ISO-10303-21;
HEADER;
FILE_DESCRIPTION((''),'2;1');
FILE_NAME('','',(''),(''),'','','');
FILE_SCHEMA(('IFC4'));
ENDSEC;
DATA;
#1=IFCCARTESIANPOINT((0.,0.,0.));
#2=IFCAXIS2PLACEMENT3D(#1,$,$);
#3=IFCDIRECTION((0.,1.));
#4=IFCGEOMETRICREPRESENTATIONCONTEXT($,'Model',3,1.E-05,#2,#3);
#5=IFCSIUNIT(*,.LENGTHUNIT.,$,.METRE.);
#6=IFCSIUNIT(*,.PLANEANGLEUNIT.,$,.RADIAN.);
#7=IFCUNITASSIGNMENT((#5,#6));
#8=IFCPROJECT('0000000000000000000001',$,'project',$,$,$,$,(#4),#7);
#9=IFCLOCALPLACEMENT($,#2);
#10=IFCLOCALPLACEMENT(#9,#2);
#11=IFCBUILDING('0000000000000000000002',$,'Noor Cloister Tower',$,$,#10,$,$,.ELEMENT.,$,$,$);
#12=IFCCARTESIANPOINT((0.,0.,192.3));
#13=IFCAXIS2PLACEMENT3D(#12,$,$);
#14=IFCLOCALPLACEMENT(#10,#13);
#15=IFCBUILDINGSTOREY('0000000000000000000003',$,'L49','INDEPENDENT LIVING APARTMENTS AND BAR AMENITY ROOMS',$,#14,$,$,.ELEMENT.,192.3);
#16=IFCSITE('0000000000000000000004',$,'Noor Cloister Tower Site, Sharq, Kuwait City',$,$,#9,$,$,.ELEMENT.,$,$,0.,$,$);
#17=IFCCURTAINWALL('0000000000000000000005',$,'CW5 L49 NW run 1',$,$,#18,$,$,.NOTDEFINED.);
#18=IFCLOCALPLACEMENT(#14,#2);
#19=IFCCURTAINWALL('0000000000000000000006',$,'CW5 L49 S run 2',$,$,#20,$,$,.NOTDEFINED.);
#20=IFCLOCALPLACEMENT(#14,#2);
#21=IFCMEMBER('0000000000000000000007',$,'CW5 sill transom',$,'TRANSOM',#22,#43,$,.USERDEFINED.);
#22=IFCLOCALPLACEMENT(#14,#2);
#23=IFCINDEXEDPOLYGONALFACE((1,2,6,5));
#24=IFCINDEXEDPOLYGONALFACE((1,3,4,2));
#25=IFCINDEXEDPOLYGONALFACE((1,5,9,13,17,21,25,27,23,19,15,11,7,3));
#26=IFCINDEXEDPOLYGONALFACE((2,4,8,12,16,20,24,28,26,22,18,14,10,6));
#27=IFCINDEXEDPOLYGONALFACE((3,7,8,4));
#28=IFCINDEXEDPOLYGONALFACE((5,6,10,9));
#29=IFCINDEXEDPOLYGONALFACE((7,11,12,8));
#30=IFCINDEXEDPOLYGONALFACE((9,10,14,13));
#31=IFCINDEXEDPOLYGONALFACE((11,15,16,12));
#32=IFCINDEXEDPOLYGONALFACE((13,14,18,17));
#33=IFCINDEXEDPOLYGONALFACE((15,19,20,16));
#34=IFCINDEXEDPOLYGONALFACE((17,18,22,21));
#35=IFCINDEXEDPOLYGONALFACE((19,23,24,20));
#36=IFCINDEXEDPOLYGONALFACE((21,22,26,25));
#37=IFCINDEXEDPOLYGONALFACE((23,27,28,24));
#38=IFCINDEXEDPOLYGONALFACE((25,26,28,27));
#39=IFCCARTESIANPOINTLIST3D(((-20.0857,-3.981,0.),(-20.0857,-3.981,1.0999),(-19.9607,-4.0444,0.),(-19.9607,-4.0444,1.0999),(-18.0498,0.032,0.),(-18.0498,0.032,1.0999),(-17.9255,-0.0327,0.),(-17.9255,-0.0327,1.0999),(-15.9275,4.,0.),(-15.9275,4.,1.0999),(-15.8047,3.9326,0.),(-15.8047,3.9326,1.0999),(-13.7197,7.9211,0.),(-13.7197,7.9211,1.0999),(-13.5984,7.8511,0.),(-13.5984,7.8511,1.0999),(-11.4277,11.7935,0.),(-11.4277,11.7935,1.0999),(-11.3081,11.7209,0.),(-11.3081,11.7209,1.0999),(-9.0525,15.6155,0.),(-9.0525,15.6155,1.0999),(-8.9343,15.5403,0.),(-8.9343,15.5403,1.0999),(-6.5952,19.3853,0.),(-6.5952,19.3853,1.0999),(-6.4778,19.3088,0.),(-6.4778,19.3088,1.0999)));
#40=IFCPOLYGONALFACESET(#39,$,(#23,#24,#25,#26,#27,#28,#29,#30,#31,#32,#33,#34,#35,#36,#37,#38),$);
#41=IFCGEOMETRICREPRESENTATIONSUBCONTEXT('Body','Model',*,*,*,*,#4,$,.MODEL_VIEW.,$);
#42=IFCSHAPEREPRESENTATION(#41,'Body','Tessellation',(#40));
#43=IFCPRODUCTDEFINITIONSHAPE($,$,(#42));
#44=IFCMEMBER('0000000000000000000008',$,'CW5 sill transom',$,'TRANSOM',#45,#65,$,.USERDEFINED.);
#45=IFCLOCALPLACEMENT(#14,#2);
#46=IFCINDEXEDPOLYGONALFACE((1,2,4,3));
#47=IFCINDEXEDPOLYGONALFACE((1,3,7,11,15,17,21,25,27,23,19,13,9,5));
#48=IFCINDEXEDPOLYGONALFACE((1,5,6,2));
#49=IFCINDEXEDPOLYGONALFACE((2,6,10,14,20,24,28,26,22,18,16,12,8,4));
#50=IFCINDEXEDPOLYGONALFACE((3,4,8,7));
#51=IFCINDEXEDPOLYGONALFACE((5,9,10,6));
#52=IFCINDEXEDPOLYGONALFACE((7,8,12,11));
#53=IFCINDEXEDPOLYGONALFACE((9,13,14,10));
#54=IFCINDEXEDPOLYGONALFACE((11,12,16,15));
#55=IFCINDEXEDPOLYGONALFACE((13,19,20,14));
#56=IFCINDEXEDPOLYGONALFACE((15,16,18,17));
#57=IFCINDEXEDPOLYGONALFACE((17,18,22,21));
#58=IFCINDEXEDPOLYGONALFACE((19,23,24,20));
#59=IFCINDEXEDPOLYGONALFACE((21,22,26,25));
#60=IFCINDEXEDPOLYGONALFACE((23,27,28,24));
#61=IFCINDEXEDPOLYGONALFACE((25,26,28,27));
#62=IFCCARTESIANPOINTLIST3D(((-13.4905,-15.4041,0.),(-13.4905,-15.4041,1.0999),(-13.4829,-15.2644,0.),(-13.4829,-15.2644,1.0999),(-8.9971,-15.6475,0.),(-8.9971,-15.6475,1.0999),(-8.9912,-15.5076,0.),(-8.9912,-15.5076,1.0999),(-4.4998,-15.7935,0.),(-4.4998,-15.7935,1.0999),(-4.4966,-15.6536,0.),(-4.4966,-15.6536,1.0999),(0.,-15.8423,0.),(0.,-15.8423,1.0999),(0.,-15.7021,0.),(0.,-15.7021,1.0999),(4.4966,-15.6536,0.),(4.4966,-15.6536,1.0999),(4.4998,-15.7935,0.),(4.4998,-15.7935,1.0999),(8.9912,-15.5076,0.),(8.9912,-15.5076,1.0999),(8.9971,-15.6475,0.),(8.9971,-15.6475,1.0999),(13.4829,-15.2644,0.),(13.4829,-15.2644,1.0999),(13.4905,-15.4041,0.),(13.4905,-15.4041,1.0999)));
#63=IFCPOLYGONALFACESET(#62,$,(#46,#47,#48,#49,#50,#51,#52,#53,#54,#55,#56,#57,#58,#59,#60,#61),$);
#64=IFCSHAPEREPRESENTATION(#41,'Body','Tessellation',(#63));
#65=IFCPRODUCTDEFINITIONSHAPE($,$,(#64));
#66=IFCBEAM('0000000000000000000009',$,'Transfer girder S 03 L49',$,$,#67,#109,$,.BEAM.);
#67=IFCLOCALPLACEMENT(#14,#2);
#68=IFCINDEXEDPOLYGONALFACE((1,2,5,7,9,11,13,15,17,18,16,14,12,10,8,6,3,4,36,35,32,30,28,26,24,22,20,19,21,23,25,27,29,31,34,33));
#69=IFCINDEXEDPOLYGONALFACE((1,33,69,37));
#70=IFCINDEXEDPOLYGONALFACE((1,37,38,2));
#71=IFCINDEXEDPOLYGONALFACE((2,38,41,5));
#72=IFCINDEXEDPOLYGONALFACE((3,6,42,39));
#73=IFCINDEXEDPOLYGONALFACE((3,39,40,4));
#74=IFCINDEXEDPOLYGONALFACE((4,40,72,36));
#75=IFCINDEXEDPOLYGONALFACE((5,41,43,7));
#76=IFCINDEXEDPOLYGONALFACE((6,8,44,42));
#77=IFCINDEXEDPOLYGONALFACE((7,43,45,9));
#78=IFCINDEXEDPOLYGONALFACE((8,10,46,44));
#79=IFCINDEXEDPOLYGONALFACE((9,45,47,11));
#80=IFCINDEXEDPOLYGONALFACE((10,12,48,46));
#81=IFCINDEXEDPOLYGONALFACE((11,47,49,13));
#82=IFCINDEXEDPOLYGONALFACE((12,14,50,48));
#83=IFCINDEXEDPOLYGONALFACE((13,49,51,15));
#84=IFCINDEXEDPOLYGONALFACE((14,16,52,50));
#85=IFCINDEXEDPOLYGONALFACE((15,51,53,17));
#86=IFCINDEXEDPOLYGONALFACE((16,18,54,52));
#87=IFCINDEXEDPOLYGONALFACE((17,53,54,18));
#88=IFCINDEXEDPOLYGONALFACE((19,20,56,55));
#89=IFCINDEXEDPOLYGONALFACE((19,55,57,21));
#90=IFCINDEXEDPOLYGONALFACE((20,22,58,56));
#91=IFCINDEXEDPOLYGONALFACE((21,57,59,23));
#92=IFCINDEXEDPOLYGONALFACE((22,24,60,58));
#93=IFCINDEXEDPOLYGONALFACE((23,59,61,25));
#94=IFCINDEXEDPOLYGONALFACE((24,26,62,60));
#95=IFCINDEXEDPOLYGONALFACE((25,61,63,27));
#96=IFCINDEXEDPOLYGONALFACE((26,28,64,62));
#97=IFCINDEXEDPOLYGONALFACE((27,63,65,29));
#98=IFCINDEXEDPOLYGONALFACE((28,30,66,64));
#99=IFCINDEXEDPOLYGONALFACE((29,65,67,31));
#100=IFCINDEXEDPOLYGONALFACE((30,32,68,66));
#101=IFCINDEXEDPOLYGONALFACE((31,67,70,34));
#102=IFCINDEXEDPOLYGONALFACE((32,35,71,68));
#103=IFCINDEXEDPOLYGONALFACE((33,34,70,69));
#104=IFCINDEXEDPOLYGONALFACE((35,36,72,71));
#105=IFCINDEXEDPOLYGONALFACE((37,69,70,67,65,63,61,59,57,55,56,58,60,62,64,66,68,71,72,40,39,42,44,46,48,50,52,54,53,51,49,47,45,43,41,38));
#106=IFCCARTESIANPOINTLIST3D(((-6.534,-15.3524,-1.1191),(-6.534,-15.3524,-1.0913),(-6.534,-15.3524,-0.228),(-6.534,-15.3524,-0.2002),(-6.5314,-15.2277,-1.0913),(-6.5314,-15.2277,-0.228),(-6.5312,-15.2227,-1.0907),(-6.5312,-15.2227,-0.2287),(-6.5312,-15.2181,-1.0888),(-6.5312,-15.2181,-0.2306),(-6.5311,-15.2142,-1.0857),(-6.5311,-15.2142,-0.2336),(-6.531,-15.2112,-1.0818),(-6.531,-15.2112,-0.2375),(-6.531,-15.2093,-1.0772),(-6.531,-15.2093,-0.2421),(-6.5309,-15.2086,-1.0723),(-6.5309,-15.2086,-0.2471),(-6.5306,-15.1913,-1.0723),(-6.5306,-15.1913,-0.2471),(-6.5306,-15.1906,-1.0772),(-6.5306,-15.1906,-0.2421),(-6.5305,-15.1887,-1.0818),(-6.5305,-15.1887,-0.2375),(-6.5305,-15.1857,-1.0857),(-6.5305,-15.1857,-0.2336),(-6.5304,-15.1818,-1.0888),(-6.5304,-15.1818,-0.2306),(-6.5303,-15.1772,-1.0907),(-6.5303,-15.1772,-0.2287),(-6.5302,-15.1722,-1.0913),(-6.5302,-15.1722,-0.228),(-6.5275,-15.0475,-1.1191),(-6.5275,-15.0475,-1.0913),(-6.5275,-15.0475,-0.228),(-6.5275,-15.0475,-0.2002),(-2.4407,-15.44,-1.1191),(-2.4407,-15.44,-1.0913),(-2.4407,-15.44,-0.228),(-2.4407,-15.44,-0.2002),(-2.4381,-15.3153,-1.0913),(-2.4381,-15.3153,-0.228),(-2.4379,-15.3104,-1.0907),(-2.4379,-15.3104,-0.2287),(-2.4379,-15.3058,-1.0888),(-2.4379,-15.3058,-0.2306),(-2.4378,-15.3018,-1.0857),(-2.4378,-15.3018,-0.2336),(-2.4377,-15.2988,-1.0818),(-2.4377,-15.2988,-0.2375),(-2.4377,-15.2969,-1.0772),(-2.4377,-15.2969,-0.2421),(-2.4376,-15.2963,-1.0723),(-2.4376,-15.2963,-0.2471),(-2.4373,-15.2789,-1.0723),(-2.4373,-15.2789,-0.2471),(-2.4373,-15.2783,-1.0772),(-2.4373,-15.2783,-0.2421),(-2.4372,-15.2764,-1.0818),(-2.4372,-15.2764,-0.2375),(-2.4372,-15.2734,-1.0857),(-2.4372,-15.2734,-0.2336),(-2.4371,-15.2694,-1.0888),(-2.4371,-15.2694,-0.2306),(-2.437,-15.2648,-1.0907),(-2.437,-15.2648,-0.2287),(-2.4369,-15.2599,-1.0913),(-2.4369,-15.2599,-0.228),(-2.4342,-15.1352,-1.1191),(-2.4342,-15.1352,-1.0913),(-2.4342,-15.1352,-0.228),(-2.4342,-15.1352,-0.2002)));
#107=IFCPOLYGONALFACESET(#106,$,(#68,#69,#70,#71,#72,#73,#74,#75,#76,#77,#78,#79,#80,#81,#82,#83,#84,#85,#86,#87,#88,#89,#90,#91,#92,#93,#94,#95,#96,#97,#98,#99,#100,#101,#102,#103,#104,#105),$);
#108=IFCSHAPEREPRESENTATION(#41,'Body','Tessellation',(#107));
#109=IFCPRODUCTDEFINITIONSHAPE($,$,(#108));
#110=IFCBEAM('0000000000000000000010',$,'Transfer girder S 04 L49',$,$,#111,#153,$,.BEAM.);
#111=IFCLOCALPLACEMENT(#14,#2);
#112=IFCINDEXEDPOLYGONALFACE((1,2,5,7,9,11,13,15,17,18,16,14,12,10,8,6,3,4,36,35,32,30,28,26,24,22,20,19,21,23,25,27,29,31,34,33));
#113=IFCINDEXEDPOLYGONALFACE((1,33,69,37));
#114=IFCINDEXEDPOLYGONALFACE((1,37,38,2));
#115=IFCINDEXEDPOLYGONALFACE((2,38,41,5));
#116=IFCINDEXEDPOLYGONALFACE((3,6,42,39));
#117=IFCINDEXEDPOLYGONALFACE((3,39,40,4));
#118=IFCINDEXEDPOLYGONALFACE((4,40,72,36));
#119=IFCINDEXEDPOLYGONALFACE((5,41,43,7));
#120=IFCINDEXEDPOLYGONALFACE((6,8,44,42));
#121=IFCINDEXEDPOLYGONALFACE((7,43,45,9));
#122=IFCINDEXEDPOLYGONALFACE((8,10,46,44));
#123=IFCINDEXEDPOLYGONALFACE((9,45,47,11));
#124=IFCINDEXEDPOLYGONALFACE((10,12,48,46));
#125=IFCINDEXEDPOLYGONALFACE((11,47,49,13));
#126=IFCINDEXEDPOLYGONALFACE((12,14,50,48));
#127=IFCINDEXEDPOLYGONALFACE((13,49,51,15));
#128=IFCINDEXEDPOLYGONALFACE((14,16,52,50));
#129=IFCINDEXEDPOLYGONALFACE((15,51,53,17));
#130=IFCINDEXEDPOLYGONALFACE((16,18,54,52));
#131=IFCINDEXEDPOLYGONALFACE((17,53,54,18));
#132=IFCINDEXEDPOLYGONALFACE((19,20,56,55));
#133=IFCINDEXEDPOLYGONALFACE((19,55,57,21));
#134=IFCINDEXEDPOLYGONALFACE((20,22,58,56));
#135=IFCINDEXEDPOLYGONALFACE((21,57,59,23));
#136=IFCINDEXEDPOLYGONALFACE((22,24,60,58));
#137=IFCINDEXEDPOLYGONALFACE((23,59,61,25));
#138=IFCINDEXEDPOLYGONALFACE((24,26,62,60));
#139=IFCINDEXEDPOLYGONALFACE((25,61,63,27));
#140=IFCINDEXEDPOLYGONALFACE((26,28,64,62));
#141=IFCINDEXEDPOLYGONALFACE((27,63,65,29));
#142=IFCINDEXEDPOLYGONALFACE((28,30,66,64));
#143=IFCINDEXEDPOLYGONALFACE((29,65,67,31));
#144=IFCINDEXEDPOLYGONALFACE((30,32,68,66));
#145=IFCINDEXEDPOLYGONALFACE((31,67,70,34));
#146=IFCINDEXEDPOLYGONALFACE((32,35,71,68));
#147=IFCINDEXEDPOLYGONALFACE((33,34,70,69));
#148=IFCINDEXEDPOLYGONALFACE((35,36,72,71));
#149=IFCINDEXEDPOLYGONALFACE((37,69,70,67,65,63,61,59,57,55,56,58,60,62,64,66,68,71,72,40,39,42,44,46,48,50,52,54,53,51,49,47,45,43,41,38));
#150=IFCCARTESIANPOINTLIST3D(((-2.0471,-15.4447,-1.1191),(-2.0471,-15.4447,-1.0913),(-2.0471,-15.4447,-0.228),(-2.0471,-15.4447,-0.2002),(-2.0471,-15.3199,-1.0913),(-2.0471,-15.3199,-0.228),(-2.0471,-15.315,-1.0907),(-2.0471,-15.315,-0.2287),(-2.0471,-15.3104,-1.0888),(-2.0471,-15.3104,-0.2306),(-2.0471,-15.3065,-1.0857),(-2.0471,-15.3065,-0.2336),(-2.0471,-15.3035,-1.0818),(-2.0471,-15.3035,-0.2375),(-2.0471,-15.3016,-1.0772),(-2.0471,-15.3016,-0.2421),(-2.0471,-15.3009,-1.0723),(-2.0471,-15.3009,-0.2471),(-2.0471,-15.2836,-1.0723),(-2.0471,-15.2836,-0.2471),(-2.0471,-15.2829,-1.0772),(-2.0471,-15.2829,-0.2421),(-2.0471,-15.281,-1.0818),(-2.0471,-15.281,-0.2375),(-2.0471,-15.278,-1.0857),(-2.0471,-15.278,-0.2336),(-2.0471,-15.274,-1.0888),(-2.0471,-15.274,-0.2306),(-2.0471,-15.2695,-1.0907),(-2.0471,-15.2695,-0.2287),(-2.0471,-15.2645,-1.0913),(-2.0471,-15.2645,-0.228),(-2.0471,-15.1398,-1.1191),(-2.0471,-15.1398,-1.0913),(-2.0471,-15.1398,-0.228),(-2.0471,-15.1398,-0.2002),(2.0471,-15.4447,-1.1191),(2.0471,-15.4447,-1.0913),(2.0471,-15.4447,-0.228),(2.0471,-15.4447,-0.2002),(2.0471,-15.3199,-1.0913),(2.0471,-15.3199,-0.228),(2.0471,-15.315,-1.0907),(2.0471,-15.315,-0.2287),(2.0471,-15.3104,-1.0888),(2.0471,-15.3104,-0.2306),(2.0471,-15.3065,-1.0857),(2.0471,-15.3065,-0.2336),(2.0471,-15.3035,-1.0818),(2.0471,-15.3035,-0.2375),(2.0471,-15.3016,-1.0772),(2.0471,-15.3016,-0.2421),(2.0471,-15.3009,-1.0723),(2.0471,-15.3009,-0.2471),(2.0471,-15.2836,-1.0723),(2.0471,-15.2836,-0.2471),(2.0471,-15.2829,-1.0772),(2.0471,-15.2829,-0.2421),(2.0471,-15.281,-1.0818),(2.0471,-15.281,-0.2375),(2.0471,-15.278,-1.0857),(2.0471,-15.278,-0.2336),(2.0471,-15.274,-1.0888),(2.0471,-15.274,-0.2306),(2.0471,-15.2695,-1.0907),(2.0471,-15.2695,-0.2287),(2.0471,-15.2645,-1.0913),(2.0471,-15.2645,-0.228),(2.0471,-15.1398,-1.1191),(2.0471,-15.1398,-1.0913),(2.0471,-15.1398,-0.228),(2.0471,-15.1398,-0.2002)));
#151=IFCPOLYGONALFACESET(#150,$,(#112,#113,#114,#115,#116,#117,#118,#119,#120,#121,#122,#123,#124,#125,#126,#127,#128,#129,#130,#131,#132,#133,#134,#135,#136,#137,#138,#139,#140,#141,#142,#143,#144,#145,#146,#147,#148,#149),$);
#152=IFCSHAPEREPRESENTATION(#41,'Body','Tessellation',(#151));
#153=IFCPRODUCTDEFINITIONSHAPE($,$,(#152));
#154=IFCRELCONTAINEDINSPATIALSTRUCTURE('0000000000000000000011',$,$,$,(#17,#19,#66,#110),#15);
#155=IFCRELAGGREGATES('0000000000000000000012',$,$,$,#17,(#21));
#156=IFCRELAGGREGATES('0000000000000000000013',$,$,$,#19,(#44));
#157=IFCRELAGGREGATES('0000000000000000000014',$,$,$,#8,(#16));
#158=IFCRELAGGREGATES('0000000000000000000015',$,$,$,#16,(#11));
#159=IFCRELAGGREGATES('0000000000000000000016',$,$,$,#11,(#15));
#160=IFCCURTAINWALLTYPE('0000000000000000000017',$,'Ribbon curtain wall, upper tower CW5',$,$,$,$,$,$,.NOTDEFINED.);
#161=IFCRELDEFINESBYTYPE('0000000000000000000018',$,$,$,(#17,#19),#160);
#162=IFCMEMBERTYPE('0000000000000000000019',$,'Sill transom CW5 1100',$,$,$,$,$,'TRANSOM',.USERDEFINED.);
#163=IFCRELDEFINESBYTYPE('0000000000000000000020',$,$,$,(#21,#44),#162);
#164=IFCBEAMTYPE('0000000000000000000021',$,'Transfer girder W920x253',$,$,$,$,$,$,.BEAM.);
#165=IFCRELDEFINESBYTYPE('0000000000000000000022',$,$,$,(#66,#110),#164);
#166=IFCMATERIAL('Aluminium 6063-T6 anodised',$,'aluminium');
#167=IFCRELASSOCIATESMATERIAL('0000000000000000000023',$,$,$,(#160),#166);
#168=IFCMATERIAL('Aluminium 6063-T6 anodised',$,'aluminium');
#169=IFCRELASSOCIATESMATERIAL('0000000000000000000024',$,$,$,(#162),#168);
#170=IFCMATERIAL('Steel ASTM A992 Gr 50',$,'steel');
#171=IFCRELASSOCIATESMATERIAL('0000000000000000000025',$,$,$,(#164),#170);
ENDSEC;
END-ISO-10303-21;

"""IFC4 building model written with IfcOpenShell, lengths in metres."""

from ifc_helpers import new_model, si_unit, direction, frame, origin, origin_2d, place, context, subcontext, project, spatial, polyline, i_section, outline, extrude, material, material_profile, profile_set, type_object, element, aggregate, save


model = new_model("IFC4")

# Units and contexts
model_context = context("Model", 3, precision=1e-05, world=origin(), true_north=direction((0.0, 1.0)))
body_context = subcontext(model_context, "Body", "Model", "MODEL_VIEW")
ifc_project = project(units=[si_unit("LENGTHUNIT", "METRE"), si_unit("PLANEANGLEUNIT", "RADIAN")], contexts=[model_context])

# Site, building, storey
site_placement = place(None, origin())
site = spatial("IfcSite", under=ifc_project, at=site_placement, Name="Noor Cloister Tower Site, Sharq, Kuwait City", CompositionType="ELEMENT", RefElevation=0.0)
building_placement = place(site_placement, origin())
building = spatial("IfcBuilding", under=site, at=building_placement, Name="Noor Cloister Tower", CompositionType="ELEMENT")
storey_placement = place(building_placement, frame((0.0, 0.0, 192.3)))
storey = spatial("IfcBuildingStorey", under=building, at=storey_placement, Name="L49", Description="INDEPENDENT LIVING APARTMENTS AND BAR AMENITY ROOMS", CompositionType="ELEMENT", Elevation=192.3)

# Curtain wall
ifc_material_1 = material(Name="Aluminium 6063-T6 anodised", Category="aluminium")
curtain_wall_type = type_object("IfcCurtainWallType", Name="Ribbon curtain wall, upper tower CW5", PredefinedType="NOTDEFINED", material=ifc_material_1)
curtain_wall_1_placement = place(storey_placement, origin())
curtain_wall_1 = element("IfcCurtainWall", 1, at=curtain_wall_1_placement, inside=storey, type_object=curtain_wall_type, Name="CW5 L49 NW run 1", PredefinedType="NOTDEFINED")

# Curtain wall
curtain_wall_2_placement = place(storey_placement, origin())
curtain_wall_2 = element("IfcCurtainWall", 2, at=curtain_wall_2_placement, inside=storey, type_object=curtain_wall_type, Name="CW5 L49 S run 2", PredefinedType="NOTDEFINED")

# Members
ifc_material_2 = material(Name="Aluminium 6063-T6 anodised", Category="aluminium")
member_type_1 = type_object("IfcMemberType", Name="Sill transom CW5 1100", ElementType="TRANSOM", PredefinedType="USERDEFINED", material=ifc_material_2)
member_1_placement = place(storey_placement, origin())
member_1 = element("IfcMember", 3, at=member_1_placement, type_object=member_type_1, Name="CW5 sill transom", ObjectType="TRANSOM", PredefinedType="USERDEFINED", context=body_context, shape_type="SweptSolid", body=[
    extrude(outline(polyline([(-6.5952, 19.3853), (-9.0525, 15.6155), (-11.4277, 11.7935), (-13.7197, 7.9211), (-15.9275, 4.0), (-18.0498, 0.032), (-20.0857, -3.981), (-19.9607, -4.0444), (-17.9255, -0.0327), (-15.8047, 3.9326), (-13.5984, 7.8511), (-11.3081, 11.7209), (-8.9343, 15.5403), (-6.4778, 19.3088), (-6.5952, 19.3853)])), origin(), (0.0, 0.0, 1.0), 1.0999),
])
aggregate(curtain_wall_1, [member_1])
member_2_placement = place(storey_placement, origin())
member_2 = element("IfcMember", 4, at=member_2_placement, type_object=member_type_1, Name="CW5 sill transom", ObjectType="TRANSOM", PredefinedType="USERDEFINED", context=body_context, shape_type="SweptSolid", body=[
    extrude(outline(polyline([(-13.4905, -15.4041), (-8.9971, -15.6475), (-4.4998, -15.7935), (0.0, -15.8423), (4.4998, -15.7935), (8.9971, -15.6475), (13.4905, -15.4041), (13.4829, -15.2644), (8.9912, -15.5076), (4.4966, -15.6536), (0.0, -15.7021), (-4.4966, -15.6536), (-8.9912, -15.5076), (-13.4829, -15.2644), (-13.4905, -15.4041)])), origin(), (0.0, 0.0, 1.0), 1.0999),
])

# Beams
ifc_material_3 = material(Name="Steel ASTM A992 Gr 50", Category="steel")
ifc_material_profile_1 = material_profile(ifc_material_3, i_section(OverallWidth=0.3049, OverallDepth=0.9189, WebThickness=0.0173, FlangeThickness=0.0278, FilletRadius=0.019, at=origin_2d()), Name="W920x253")
ifc_profile_set_1 = profile_set([ifc_material_profile_1], Name="Steel ASTM A992 Gr 50")
beam_type_1 = type_object("IfcBeamType", Name="Transfer girder W920x253", PredefinedType="BEAM", material=ifc_profile_set_1)
for number, where, z_axis, x_axis, name in (
    (5, (-6.5308, -15.2, -0.6597), (0.999771, -0.021407, 0.0), (0.021407, 0.999771, 0.0), "Transfer girder S 03 L49"),
    (6, (-2.0471, -15.2922, -0.6597), (1.0, 0.0, 0.0), (0.0, 1.0, 0.0), "Transfer girder S 04 L49"),
):
    element("IfcBeam", number, at=place(storey_placement, frame(where, z_axis=z_axis, x_axis=x_axis)), inside=storey, type_object=beam_type_1, Name=name, PredefinedType="BEAM", context=body_context, shape_type="SweptSolid", body=[
        extrude(i_section(OverallWidth=0.3049, OverallDepth=0.9189, WebThickness=0.0173, FlangeThickness=0.0278, FilletRadius=0.019, at=origin_2d()), origin(), (0.0, 0.0, 1.0), 4.0942),
    ])

aggregate(curtain_wall_2, [member_2])

save(model, "model.ifc")
